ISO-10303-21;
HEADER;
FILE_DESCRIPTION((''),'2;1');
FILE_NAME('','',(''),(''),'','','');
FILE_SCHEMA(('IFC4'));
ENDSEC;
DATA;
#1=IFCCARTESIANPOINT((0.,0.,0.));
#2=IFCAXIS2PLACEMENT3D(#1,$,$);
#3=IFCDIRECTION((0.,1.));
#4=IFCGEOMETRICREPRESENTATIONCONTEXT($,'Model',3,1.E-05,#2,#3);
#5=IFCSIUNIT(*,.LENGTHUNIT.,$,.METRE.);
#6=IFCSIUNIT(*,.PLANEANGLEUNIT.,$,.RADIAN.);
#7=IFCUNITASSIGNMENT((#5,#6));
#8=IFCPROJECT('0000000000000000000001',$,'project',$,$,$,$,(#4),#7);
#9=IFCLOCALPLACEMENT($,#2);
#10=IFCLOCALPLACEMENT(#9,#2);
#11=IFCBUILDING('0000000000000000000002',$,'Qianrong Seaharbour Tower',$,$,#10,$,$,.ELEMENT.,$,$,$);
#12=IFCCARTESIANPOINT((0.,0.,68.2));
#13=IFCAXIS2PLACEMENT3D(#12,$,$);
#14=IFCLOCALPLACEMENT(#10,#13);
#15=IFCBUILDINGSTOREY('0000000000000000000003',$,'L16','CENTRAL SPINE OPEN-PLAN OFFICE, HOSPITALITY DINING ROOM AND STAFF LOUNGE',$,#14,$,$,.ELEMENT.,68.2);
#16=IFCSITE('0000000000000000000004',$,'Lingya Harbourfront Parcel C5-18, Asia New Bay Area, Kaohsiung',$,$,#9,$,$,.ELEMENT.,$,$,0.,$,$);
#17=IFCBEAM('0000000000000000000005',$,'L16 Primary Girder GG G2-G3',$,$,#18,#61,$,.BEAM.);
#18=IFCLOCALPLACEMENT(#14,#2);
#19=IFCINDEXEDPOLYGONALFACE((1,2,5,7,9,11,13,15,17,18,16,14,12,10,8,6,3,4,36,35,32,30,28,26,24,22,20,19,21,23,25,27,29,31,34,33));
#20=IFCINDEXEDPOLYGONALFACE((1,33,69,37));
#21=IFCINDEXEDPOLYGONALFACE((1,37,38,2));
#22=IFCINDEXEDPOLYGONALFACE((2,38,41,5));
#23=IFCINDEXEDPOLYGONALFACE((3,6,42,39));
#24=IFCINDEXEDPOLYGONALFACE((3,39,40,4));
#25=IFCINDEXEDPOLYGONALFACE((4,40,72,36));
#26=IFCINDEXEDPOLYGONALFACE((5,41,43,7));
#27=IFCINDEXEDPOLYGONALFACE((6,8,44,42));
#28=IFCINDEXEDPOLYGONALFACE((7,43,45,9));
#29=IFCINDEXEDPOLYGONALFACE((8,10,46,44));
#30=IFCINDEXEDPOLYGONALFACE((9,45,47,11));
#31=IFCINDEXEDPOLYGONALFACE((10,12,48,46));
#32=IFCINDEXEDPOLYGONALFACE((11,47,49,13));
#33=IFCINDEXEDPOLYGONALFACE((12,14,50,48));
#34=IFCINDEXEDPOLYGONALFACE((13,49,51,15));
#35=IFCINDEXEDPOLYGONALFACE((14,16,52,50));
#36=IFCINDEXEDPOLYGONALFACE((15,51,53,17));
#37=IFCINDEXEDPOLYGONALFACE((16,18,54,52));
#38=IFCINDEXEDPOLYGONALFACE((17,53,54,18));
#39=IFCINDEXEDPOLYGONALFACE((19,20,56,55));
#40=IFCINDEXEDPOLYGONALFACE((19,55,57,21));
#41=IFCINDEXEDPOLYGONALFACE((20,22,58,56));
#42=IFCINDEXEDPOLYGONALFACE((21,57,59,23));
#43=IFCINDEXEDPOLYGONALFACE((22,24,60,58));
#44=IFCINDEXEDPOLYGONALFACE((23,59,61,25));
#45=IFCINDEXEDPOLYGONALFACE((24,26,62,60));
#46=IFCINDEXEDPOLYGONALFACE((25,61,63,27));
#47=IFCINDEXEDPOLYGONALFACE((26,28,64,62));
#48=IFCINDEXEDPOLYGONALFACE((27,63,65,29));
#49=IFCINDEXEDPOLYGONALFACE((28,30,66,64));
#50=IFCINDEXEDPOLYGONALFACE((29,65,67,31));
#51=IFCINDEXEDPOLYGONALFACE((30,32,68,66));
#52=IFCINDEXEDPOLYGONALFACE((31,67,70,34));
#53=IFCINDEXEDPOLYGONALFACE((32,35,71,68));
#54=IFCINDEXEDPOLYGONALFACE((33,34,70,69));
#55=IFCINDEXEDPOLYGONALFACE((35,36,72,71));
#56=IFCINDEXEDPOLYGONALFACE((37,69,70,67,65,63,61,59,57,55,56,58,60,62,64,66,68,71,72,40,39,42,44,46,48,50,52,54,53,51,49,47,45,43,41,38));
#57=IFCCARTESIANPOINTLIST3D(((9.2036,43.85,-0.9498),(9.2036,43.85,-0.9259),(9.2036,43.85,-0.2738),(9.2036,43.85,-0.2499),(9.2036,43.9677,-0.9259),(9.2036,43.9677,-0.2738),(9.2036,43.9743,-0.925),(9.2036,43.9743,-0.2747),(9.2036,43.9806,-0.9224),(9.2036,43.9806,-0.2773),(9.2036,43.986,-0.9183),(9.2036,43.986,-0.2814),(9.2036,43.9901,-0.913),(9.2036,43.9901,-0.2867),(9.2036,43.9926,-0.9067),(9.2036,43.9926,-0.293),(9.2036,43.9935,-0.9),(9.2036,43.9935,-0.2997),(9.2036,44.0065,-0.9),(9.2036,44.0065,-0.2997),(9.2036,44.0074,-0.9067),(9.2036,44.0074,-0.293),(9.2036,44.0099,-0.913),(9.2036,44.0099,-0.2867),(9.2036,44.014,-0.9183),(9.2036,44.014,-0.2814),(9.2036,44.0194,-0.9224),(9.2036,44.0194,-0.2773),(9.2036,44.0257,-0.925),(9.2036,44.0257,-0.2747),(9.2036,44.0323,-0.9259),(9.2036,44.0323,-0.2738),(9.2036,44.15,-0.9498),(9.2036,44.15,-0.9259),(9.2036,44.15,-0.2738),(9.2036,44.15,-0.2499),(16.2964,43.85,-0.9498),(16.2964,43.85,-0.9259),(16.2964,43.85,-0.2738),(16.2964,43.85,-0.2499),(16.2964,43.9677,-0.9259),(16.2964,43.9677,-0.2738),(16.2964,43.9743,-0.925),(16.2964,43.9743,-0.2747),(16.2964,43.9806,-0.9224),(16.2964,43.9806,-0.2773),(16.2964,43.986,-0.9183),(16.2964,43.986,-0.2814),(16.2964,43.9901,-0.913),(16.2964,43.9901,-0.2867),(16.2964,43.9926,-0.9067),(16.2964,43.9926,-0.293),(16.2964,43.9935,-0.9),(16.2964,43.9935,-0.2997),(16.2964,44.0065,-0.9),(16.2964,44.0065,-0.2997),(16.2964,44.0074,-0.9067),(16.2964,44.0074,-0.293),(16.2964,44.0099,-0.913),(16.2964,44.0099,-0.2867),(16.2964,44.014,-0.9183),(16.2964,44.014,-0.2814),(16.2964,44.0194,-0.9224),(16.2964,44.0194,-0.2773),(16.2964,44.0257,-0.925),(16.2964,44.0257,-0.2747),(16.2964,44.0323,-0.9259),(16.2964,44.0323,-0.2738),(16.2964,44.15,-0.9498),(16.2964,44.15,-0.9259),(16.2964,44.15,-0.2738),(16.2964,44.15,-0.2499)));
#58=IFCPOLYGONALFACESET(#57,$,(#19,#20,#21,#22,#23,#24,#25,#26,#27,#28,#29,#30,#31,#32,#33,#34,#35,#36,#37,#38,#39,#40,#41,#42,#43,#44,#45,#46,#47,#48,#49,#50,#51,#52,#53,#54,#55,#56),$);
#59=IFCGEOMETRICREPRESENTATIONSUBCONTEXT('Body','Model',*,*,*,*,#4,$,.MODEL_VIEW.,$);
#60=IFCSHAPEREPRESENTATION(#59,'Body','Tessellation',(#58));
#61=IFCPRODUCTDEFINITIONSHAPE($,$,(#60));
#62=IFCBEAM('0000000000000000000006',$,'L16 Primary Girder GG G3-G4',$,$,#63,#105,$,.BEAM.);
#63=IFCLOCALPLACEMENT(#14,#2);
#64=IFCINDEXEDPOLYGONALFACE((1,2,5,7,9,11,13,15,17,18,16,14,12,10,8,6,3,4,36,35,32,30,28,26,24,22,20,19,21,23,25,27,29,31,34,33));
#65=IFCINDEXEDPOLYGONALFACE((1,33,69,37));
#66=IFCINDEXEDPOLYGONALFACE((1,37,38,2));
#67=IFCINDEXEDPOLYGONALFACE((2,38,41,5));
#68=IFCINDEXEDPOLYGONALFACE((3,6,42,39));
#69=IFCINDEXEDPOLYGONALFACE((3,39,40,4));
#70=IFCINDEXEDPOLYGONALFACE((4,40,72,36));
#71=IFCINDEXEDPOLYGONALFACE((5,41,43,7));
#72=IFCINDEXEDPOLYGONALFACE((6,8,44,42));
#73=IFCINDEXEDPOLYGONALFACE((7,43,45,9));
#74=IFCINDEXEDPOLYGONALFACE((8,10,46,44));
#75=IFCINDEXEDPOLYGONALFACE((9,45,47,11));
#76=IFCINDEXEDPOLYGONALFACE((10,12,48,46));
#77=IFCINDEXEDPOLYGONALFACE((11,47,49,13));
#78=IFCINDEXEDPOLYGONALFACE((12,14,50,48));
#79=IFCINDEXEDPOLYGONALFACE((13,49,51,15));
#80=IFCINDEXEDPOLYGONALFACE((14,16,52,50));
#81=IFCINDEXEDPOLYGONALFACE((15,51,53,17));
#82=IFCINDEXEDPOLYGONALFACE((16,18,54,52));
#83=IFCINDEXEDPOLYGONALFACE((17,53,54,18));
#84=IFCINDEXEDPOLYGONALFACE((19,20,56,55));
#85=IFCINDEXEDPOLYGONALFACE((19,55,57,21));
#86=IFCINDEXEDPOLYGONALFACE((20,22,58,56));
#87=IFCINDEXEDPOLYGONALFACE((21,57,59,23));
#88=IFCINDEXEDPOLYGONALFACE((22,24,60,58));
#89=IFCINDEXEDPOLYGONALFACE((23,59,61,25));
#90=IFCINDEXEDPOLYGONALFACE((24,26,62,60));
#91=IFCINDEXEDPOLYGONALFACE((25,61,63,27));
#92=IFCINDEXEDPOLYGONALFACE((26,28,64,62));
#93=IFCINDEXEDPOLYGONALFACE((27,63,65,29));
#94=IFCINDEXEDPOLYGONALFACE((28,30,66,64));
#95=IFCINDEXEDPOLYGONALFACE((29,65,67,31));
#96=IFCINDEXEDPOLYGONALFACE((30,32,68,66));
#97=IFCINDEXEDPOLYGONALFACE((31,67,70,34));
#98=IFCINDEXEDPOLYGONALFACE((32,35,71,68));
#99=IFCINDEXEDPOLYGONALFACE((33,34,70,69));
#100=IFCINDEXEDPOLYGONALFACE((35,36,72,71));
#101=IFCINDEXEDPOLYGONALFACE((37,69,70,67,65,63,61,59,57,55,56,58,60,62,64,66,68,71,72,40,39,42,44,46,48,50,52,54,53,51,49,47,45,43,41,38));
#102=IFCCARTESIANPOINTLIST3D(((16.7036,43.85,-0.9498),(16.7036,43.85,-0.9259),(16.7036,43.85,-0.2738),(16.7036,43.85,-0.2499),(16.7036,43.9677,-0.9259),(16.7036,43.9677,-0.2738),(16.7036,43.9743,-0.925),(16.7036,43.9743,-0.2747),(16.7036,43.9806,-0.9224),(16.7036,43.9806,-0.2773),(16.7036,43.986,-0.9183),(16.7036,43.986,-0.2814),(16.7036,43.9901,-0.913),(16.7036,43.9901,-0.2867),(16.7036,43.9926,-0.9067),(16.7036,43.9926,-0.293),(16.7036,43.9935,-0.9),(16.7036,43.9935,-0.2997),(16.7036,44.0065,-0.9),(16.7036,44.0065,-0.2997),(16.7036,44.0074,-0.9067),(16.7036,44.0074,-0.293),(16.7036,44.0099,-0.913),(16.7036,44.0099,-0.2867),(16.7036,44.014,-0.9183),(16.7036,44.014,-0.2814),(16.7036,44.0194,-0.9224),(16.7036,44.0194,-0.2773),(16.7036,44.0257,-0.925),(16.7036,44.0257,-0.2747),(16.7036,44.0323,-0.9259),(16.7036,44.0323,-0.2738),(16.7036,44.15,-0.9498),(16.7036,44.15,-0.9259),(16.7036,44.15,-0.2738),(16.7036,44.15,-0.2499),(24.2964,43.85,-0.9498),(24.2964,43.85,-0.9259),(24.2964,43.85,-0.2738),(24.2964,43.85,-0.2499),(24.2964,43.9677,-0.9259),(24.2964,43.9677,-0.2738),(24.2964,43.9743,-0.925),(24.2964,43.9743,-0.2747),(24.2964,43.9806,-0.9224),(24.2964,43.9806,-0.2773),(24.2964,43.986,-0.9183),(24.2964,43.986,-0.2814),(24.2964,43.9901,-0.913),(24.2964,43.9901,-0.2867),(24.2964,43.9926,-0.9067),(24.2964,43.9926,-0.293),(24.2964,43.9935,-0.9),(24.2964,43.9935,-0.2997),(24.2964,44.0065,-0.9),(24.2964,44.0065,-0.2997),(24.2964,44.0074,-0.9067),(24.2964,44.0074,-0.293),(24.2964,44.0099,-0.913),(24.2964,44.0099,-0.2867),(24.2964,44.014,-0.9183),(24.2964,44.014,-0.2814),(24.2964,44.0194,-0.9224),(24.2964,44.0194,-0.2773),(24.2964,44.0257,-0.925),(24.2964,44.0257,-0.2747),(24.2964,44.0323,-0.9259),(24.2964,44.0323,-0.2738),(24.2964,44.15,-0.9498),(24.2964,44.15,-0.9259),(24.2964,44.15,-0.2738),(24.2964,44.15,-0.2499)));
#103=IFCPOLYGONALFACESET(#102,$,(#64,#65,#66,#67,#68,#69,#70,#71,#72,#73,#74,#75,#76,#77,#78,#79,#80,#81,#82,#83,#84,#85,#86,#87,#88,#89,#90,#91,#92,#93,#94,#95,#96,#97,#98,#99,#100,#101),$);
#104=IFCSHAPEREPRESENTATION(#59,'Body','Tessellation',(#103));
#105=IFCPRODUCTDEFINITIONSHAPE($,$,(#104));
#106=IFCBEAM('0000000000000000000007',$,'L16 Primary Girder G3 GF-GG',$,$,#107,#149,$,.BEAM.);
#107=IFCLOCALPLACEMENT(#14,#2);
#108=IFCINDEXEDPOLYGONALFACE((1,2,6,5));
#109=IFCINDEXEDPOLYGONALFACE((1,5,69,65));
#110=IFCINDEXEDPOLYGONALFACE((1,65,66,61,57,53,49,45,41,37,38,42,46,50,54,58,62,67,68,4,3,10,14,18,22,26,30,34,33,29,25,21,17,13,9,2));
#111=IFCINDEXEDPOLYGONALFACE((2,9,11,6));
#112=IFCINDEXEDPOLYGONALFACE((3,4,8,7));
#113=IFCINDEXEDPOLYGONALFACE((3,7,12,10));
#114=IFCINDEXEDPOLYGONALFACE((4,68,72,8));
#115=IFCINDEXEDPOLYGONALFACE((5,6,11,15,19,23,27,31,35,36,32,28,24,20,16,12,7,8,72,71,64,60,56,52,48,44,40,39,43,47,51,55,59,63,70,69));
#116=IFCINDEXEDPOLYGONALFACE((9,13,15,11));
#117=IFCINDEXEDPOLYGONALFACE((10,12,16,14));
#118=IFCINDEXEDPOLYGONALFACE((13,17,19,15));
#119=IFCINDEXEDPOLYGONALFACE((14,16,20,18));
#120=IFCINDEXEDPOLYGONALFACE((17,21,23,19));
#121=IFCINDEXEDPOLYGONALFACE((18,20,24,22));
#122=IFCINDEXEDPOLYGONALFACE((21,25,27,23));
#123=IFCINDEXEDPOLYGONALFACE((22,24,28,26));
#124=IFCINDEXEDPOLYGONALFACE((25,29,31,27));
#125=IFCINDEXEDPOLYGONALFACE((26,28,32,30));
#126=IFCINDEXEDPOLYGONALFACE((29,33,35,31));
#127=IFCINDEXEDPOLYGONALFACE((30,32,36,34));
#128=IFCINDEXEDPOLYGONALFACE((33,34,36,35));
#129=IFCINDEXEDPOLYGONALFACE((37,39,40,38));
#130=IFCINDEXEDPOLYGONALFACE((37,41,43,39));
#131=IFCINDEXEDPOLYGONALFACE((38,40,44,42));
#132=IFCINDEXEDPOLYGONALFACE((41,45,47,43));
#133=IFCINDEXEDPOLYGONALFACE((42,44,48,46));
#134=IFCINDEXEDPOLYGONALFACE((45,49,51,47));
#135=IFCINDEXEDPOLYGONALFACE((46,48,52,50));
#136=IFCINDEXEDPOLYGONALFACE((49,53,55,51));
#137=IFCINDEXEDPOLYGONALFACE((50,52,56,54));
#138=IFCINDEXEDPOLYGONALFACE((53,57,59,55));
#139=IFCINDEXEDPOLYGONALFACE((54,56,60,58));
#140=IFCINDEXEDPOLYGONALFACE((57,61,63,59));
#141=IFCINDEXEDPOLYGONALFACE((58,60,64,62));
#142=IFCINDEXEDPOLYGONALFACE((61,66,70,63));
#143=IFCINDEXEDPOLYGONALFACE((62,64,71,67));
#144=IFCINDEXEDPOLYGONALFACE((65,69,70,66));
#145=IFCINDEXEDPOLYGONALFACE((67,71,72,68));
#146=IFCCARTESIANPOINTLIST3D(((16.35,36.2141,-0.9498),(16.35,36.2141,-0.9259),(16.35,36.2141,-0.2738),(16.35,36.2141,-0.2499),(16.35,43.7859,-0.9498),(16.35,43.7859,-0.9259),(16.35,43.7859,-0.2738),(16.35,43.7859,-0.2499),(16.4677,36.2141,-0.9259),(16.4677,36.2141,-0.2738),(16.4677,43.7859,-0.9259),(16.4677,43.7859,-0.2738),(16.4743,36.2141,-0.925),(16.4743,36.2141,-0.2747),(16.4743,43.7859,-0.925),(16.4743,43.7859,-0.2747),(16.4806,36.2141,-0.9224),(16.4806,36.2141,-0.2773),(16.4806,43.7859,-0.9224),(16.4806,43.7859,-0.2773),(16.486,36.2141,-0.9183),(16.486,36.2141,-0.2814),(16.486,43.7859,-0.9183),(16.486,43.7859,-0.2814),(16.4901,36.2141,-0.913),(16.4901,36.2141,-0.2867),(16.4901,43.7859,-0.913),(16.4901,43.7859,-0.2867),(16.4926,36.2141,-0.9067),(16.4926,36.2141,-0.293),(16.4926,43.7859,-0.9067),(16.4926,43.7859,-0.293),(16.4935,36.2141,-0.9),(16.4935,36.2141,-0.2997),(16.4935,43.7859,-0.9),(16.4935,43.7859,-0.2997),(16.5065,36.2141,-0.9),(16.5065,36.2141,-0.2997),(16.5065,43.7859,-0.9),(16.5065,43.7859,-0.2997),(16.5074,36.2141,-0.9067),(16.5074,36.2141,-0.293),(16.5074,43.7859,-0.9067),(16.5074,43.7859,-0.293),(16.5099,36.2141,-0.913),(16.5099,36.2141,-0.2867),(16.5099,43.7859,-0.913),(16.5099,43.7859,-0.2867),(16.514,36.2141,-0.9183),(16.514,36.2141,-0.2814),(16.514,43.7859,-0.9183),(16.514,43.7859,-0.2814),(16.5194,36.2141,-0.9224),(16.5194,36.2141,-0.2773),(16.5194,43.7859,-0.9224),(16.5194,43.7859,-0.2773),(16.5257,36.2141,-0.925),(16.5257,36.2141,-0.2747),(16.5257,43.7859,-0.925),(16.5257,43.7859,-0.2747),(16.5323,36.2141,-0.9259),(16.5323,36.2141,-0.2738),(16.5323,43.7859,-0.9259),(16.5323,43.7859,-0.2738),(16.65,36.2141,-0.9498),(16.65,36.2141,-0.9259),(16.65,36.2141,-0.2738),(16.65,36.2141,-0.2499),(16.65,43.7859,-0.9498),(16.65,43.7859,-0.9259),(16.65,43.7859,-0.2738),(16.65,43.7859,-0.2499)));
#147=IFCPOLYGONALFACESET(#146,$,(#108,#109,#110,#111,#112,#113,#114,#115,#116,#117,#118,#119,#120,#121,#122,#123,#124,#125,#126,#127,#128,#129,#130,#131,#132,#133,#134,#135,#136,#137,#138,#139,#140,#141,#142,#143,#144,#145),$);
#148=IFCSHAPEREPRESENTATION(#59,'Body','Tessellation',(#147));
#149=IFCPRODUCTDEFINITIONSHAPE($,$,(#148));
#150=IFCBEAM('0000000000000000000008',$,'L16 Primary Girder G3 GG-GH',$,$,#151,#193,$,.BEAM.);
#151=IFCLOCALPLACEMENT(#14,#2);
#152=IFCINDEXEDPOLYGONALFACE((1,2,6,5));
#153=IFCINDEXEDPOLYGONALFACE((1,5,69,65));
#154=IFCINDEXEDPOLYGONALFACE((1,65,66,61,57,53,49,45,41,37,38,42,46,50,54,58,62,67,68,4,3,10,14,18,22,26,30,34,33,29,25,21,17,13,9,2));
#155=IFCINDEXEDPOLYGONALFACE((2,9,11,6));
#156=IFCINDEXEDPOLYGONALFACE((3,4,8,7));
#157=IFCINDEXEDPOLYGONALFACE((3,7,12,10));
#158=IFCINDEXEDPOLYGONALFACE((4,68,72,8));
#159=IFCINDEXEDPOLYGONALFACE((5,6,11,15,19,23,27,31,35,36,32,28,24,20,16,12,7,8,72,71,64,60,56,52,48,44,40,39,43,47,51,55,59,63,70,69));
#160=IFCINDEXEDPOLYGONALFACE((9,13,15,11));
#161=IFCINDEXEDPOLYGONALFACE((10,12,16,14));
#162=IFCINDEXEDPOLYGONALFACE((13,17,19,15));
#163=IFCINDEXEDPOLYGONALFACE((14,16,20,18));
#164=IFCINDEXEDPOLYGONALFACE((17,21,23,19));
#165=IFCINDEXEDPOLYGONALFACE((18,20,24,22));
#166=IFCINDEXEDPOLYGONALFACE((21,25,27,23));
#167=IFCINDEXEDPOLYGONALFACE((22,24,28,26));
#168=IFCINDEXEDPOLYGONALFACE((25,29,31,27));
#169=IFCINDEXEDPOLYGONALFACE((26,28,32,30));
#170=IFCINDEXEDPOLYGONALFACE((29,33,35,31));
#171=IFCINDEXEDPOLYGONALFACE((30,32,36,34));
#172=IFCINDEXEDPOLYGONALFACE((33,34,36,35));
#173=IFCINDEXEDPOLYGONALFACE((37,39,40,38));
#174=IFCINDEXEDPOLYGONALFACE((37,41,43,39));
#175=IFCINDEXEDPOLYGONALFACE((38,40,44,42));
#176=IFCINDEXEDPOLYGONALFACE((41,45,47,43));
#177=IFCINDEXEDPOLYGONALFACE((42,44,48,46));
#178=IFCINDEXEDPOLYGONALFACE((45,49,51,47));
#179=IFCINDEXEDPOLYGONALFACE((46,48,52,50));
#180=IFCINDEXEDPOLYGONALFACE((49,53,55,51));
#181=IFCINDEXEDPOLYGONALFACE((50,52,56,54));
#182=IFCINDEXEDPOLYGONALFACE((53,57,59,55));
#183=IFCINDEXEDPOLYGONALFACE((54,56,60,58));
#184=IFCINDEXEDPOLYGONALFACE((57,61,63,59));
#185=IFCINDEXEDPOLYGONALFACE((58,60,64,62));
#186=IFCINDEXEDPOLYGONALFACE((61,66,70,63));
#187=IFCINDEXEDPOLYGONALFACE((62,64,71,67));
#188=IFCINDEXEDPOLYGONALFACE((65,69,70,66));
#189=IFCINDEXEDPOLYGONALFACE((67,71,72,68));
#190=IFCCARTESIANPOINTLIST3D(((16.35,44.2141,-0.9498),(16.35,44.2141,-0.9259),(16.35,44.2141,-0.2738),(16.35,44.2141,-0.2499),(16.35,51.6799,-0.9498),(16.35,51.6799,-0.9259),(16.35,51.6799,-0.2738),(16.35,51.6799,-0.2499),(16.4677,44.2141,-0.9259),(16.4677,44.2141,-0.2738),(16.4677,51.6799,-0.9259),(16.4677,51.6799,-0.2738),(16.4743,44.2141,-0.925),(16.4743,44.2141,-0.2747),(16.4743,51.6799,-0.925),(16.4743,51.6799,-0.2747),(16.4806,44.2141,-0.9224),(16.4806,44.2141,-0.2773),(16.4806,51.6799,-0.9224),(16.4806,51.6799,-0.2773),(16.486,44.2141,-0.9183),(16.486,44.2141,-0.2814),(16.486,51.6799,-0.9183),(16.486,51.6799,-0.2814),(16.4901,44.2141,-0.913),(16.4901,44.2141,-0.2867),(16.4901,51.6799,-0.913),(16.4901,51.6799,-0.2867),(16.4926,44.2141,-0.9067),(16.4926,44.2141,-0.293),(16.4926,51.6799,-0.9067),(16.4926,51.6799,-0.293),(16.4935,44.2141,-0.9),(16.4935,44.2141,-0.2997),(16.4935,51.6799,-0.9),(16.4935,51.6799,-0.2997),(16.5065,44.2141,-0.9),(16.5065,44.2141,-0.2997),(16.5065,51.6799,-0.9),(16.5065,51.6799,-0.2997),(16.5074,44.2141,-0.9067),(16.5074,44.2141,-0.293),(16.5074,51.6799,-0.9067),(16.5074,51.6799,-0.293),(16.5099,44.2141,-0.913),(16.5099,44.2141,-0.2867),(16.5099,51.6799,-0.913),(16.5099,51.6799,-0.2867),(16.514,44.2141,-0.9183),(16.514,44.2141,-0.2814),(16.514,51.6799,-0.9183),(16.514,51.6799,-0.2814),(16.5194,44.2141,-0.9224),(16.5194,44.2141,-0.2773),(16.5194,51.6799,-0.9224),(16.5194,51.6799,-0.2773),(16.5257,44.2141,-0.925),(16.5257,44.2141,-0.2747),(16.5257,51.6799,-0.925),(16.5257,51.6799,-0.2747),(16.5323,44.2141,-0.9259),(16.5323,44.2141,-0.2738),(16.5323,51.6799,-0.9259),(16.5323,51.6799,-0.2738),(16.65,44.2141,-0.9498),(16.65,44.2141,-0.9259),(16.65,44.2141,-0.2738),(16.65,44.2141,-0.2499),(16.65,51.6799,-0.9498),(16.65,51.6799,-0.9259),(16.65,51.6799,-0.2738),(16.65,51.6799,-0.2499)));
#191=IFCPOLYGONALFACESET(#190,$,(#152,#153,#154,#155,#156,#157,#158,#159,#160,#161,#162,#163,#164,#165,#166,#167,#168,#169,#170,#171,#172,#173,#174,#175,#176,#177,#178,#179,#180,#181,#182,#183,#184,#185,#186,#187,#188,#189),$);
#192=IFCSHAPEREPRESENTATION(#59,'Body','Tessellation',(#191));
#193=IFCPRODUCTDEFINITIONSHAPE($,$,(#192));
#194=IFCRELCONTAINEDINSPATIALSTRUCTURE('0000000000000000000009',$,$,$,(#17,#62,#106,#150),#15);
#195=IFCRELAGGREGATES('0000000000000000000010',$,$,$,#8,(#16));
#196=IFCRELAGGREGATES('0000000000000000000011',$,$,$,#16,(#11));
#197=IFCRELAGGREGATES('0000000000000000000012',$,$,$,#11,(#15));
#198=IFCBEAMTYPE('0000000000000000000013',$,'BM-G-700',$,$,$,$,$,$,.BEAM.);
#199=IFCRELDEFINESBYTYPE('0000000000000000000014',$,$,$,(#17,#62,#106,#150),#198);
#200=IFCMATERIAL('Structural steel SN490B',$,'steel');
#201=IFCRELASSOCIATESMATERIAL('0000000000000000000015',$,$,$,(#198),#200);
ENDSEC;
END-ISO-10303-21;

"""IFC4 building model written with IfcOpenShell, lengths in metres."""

from ifc_helpers import new_model, si_unit, direction, frame, origin, origin_2d, place, context, subcontext, project, spatial, i_section, extrude, material, material_profile, profile_set, type_object, element, save


model = new_model("IFC4")

# Units and contexts
model_context = context("Model", 3, precision=1e-05, world=origin(), true_north=direction((0.0, 1.0)))
body_context = subcontext(model_context, "Body", "Model", "MODEL_VIEW")
ifc_project = project(units=[si_unit("LENGTHUNIT", "METRE"), si_unit("PLANEANGLEUNIT", "RADIAN")], contexts=[model_context])

# Site, building, storey
site_placement = place(None, origin())
site = spatial("IfcSite", under=ifc_project, at=site_placement, Name="Lingya Harbourfront Parcel C5-18, Asia New Bay Area, Kaohsiung", CompositionType="ELEMENT", RefElevation=0.0)
building_placement = place(site_placement, origin())
building = spatial("IfcBuilding", under=site, at=building_placement, Name="Qianrong Seaharbour Tower", CompositionType="ELEMENT")
storey_placement = place(building_placement, frame((0.0, 0.0, 68.2)))
storey = spatial("IfcBuildingStorey", under=building, at=storey_placement, Name="L16", Description="CENTRAL SPINE OPEN-PLAN OFFICE, HOSPITALITY DINING ROOM AND STAFF LOUNGE", CompositionType="ELEMENT", Elevation=68.2)

# Shared definitions
ifc_material_1 = material(Name="Structural steel SN490B", Category="steel")

# Beams
ifc_material_profile_1 = material_profile(ifc_material_1, i_section(OverallWidth=0.3, OverallDepth=0.7, WebThickness=0.0129, FlangeThickness=0.0239, FilletRadius=0.0259, at=origin_2d()), Name="H700x300x13x24")
ifc_profile_set_1 = profile_set([ifc_material_profile_1], Name="Structural steel SN490B")
beam_type_1 = type_object("IfcBeamType", Name="BM-G-700", PredefinedType="BEAM", material=ifc_profile_set_1)
beam_1_placement = place(storey_placement, frame((9.2036, 44.0, -0.5999), z_axis=(1.0, 0.0, 0.0), x_axis=(0.0, 1.0, 0.0)))
element("IfcBeam", 1, at=beam_1_placement, inside=storey, type_object=beam_type_1, Name="L16 Primary Girder GG G2-G3", PredefinedType="BEAM", context=body_context, shape_type="SweptSolid", body=[
    extrude(i_section(OverallWidth=0.3, OverallDepth=0.7, WebThickness=0.0129, FlangeThickness=0.0239, FilletRadius=0.0259, at=origin_2d()), origin(), (0.0, 0.0, 1.0), 7.0928),
])
beam_2_placement = place(storey_placement, frame((16.7036, 44.0, -0.5999), z_axis=(1.0, 0.0, 0.0), x_axis=(0.0, 1.0, 0.0)))
element("IfcBeam", 2, at=beam_2_placement, inside=storey, type_object=beam_type_1, Name="L16 Primary Girder GG G3-G4", PredefinedType="BEAM", context=body_context, shape_type="SweptSolid", body=[
    extrude(i_section(OverallWidth=0.3, OverallDepth=0.7, WebThickness=0.0129, FlangeThickness=0.0239, FilletRadius=0.0259, at=origin_2d()), origin(), (0.0, 0.0, 1.0), 7.5928),
])
beam_3_placement = place(storey_placement, frame((16.5, 36.2141, -0.5999), z_axis=(0.0, 1.0, 0.0), x_axis=(-1.0, 0.0, 0.0)))
element("IfcBeam", 3, at=beam_3_placement, inside=storey, type_object=beam_type_1, Name="L16 Primary Girder G3 GF-GG", PredefinedType="BEAM", context=body_context, shape_type="SweptSolid", body=[
    extrude(i_section(OverallWidth=0.3, OverallDepth=0.7, WebThickness=0.0129, FlangeThickness=0.0239, FilletRadius=0.0259, at=origin_2d()), origin(), (0.0, 0.0, 1.0), 7.5718),
])
beam_4_placement = place(storey_placement, frame((16.5, 44.2141, -0.5999), z_axis=(0.0, 1.0, 0.0), x_axis=(-1.0, 0.0, 0.0)))
element("IfcBeam", 4, at=beam_4_placement, inside=storey, type_object=beam_type_1, Name="L16 Primary Girder G3 GG-GH", PredefinedType="BEAM", context=body_context, shape_type="SweptSolid", body=[
    extrude(i_section(OverallWidth=0.3, OverallDepth=0.7, WebThickness=0.0129, FlangeThickness=0.0239, FilletRadius=0.0259, at=origin_2d()), origin(), (0.0, 0.0, 1.0), 7.4658),
])

save(model, "model.ifc")
